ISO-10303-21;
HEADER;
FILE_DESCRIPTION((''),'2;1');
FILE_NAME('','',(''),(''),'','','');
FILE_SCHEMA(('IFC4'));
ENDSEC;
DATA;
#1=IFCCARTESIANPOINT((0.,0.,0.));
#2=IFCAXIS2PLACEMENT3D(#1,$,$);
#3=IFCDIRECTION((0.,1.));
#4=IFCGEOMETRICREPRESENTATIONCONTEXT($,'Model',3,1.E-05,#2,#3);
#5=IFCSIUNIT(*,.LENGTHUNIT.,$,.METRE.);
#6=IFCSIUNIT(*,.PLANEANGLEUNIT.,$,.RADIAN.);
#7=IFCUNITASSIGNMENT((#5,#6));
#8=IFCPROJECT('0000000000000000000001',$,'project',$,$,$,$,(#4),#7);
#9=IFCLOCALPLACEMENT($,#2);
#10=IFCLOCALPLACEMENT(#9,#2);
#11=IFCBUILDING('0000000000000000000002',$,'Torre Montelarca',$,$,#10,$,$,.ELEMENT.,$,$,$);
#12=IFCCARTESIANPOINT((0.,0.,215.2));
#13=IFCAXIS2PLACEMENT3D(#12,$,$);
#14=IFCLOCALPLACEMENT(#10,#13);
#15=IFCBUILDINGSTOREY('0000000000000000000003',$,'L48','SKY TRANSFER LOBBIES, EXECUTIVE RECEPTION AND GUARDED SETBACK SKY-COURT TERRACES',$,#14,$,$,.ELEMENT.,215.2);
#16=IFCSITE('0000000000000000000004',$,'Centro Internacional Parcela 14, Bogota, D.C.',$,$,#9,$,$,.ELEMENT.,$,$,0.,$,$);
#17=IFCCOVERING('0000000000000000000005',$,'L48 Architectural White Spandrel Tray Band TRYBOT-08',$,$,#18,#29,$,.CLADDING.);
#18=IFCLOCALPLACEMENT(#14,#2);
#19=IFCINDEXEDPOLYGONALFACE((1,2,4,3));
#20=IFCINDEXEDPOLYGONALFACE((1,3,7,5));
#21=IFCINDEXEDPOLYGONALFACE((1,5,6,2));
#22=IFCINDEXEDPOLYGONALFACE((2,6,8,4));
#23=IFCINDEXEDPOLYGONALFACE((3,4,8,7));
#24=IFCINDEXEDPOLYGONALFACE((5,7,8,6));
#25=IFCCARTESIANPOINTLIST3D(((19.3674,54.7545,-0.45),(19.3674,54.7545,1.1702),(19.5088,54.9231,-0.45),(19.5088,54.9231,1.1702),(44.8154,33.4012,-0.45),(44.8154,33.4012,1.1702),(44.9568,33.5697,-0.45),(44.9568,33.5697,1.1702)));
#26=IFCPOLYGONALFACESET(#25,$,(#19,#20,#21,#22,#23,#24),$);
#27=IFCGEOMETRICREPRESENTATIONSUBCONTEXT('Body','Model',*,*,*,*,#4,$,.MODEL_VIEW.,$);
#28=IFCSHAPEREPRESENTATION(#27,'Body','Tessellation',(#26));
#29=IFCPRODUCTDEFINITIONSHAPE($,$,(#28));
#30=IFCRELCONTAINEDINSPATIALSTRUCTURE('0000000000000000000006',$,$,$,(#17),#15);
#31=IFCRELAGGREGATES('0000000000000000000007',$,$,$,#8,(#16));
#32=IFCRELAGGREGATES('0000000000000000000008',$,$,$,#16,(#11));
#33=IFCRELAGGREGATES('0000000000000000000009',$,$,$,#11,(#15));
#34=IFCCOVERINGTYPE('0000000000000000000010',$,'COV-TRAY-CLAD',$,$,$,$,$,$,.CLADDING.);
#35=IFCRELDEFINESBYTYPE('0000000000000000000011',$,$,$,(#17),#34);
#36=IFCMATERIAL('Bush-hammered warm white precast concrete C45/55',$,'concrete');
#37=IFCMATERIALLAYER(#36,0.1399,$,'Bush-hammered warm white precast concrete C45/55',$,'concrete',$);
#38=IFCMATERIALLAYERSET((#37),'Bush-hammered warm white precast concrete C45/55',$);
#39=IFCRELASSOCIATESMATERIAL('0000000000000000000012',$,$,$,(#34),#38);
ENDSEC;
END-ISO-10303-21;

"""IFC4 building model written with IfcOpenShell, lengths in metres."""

from ifc_helpers import new_model, si_unit, direction, frame, origin, origin_2d, place, context, subcontext, project, spatial, rectangle, extrude, source, transform, mapped, material, layer, layer_set, type_object, element, save


model = new_model("IFC4")

# Units and contexts
model_context = context("Model", 3, precision=1e-05, world=origin(), true_north=direction((0.0, 1.0)))
body_context = subcontext(model_context, "Body", "Model", "MODEL_VIEW")
ifc_project = project(units=[si_unit("LENGTHUNIT", "METRE"), si_unit("PLANEANGLEUNIT", "RADIAN")], contexts=[model_context])

# Site, building, storey
site_placement = place(None, origin())
site = spatial("IfcSite", under=ifc_project, at=site_placement, Name="Centro Internacional Parcela 14, Bogota, D.C.", CompositionType="ELEMENT", RefElevation=0.0)
building_placement = place(site_placement, origin())
building = spatial("IfcBuilding", under=site, at=building_placement, Name="Torre Montelarca", CompositionType="ELEMENT")
storey_placement = place(building_placement, frame((0.0, 0.0, 215.2)))
storey = spatial("IfcBuildingStorey", under=building, at=storey_placement, Name="L48", Description="SKY TRANSFER LOBBIES, EXECUTIVE RECEPTION AND GUARDED SETBACK SKY-COURT TERRACES", CompositionType="ELEMENT", Elevation=215.2)

# Covering
ifc_material_1 = material(Name="Bush-hammered warm white precast concrete C45/55", Category="concrete")
ifc_layer_1 = layer(ifc_material_1, 0.1399, Name="Bush-hammered warm white precast concrete C45/55", Category="concrete")
ifc_layer_set_1 = layer_set([ifc_layer_1], Name="Bush-hammered warm white precast concrete C45/55")
covering_type = type_object("IfcCoveringType", Name="COV-TRAY-CLAD", PredefinedType="CLADDING", material=ifc_layer_set_1)
shared_shape_1 = source(origin(), body_context, "Body", "SweptSolid", [
    extrude(rectangle(XDim=33.22, YDim=0.22, at=origin_2d()), origin(), (0.0, 0.0, 1.0), 1.6201),
])
covering_1_placement = place(storey_placement, frame((32.1621, 44.1621, -0.45), z_axis=(0.0, 0.0, 1.0), x_axis=(-0.766044, 0.642788, 0.0)))
element("IfcCovering", 1, at=covering_1_placement, inside=storey, type_object=covering_type, Name="L48 Architectural White Spandrel Tray Band TRYBOT-08", PredefinedType="CLADDING", context=body_context, shape_type="MappedRepresentation", body=[
    mapped(shared_shape_1, transform((0.0, 0.0, 0.0), scale=1.0)),
])

save(model, "model.ifc")
